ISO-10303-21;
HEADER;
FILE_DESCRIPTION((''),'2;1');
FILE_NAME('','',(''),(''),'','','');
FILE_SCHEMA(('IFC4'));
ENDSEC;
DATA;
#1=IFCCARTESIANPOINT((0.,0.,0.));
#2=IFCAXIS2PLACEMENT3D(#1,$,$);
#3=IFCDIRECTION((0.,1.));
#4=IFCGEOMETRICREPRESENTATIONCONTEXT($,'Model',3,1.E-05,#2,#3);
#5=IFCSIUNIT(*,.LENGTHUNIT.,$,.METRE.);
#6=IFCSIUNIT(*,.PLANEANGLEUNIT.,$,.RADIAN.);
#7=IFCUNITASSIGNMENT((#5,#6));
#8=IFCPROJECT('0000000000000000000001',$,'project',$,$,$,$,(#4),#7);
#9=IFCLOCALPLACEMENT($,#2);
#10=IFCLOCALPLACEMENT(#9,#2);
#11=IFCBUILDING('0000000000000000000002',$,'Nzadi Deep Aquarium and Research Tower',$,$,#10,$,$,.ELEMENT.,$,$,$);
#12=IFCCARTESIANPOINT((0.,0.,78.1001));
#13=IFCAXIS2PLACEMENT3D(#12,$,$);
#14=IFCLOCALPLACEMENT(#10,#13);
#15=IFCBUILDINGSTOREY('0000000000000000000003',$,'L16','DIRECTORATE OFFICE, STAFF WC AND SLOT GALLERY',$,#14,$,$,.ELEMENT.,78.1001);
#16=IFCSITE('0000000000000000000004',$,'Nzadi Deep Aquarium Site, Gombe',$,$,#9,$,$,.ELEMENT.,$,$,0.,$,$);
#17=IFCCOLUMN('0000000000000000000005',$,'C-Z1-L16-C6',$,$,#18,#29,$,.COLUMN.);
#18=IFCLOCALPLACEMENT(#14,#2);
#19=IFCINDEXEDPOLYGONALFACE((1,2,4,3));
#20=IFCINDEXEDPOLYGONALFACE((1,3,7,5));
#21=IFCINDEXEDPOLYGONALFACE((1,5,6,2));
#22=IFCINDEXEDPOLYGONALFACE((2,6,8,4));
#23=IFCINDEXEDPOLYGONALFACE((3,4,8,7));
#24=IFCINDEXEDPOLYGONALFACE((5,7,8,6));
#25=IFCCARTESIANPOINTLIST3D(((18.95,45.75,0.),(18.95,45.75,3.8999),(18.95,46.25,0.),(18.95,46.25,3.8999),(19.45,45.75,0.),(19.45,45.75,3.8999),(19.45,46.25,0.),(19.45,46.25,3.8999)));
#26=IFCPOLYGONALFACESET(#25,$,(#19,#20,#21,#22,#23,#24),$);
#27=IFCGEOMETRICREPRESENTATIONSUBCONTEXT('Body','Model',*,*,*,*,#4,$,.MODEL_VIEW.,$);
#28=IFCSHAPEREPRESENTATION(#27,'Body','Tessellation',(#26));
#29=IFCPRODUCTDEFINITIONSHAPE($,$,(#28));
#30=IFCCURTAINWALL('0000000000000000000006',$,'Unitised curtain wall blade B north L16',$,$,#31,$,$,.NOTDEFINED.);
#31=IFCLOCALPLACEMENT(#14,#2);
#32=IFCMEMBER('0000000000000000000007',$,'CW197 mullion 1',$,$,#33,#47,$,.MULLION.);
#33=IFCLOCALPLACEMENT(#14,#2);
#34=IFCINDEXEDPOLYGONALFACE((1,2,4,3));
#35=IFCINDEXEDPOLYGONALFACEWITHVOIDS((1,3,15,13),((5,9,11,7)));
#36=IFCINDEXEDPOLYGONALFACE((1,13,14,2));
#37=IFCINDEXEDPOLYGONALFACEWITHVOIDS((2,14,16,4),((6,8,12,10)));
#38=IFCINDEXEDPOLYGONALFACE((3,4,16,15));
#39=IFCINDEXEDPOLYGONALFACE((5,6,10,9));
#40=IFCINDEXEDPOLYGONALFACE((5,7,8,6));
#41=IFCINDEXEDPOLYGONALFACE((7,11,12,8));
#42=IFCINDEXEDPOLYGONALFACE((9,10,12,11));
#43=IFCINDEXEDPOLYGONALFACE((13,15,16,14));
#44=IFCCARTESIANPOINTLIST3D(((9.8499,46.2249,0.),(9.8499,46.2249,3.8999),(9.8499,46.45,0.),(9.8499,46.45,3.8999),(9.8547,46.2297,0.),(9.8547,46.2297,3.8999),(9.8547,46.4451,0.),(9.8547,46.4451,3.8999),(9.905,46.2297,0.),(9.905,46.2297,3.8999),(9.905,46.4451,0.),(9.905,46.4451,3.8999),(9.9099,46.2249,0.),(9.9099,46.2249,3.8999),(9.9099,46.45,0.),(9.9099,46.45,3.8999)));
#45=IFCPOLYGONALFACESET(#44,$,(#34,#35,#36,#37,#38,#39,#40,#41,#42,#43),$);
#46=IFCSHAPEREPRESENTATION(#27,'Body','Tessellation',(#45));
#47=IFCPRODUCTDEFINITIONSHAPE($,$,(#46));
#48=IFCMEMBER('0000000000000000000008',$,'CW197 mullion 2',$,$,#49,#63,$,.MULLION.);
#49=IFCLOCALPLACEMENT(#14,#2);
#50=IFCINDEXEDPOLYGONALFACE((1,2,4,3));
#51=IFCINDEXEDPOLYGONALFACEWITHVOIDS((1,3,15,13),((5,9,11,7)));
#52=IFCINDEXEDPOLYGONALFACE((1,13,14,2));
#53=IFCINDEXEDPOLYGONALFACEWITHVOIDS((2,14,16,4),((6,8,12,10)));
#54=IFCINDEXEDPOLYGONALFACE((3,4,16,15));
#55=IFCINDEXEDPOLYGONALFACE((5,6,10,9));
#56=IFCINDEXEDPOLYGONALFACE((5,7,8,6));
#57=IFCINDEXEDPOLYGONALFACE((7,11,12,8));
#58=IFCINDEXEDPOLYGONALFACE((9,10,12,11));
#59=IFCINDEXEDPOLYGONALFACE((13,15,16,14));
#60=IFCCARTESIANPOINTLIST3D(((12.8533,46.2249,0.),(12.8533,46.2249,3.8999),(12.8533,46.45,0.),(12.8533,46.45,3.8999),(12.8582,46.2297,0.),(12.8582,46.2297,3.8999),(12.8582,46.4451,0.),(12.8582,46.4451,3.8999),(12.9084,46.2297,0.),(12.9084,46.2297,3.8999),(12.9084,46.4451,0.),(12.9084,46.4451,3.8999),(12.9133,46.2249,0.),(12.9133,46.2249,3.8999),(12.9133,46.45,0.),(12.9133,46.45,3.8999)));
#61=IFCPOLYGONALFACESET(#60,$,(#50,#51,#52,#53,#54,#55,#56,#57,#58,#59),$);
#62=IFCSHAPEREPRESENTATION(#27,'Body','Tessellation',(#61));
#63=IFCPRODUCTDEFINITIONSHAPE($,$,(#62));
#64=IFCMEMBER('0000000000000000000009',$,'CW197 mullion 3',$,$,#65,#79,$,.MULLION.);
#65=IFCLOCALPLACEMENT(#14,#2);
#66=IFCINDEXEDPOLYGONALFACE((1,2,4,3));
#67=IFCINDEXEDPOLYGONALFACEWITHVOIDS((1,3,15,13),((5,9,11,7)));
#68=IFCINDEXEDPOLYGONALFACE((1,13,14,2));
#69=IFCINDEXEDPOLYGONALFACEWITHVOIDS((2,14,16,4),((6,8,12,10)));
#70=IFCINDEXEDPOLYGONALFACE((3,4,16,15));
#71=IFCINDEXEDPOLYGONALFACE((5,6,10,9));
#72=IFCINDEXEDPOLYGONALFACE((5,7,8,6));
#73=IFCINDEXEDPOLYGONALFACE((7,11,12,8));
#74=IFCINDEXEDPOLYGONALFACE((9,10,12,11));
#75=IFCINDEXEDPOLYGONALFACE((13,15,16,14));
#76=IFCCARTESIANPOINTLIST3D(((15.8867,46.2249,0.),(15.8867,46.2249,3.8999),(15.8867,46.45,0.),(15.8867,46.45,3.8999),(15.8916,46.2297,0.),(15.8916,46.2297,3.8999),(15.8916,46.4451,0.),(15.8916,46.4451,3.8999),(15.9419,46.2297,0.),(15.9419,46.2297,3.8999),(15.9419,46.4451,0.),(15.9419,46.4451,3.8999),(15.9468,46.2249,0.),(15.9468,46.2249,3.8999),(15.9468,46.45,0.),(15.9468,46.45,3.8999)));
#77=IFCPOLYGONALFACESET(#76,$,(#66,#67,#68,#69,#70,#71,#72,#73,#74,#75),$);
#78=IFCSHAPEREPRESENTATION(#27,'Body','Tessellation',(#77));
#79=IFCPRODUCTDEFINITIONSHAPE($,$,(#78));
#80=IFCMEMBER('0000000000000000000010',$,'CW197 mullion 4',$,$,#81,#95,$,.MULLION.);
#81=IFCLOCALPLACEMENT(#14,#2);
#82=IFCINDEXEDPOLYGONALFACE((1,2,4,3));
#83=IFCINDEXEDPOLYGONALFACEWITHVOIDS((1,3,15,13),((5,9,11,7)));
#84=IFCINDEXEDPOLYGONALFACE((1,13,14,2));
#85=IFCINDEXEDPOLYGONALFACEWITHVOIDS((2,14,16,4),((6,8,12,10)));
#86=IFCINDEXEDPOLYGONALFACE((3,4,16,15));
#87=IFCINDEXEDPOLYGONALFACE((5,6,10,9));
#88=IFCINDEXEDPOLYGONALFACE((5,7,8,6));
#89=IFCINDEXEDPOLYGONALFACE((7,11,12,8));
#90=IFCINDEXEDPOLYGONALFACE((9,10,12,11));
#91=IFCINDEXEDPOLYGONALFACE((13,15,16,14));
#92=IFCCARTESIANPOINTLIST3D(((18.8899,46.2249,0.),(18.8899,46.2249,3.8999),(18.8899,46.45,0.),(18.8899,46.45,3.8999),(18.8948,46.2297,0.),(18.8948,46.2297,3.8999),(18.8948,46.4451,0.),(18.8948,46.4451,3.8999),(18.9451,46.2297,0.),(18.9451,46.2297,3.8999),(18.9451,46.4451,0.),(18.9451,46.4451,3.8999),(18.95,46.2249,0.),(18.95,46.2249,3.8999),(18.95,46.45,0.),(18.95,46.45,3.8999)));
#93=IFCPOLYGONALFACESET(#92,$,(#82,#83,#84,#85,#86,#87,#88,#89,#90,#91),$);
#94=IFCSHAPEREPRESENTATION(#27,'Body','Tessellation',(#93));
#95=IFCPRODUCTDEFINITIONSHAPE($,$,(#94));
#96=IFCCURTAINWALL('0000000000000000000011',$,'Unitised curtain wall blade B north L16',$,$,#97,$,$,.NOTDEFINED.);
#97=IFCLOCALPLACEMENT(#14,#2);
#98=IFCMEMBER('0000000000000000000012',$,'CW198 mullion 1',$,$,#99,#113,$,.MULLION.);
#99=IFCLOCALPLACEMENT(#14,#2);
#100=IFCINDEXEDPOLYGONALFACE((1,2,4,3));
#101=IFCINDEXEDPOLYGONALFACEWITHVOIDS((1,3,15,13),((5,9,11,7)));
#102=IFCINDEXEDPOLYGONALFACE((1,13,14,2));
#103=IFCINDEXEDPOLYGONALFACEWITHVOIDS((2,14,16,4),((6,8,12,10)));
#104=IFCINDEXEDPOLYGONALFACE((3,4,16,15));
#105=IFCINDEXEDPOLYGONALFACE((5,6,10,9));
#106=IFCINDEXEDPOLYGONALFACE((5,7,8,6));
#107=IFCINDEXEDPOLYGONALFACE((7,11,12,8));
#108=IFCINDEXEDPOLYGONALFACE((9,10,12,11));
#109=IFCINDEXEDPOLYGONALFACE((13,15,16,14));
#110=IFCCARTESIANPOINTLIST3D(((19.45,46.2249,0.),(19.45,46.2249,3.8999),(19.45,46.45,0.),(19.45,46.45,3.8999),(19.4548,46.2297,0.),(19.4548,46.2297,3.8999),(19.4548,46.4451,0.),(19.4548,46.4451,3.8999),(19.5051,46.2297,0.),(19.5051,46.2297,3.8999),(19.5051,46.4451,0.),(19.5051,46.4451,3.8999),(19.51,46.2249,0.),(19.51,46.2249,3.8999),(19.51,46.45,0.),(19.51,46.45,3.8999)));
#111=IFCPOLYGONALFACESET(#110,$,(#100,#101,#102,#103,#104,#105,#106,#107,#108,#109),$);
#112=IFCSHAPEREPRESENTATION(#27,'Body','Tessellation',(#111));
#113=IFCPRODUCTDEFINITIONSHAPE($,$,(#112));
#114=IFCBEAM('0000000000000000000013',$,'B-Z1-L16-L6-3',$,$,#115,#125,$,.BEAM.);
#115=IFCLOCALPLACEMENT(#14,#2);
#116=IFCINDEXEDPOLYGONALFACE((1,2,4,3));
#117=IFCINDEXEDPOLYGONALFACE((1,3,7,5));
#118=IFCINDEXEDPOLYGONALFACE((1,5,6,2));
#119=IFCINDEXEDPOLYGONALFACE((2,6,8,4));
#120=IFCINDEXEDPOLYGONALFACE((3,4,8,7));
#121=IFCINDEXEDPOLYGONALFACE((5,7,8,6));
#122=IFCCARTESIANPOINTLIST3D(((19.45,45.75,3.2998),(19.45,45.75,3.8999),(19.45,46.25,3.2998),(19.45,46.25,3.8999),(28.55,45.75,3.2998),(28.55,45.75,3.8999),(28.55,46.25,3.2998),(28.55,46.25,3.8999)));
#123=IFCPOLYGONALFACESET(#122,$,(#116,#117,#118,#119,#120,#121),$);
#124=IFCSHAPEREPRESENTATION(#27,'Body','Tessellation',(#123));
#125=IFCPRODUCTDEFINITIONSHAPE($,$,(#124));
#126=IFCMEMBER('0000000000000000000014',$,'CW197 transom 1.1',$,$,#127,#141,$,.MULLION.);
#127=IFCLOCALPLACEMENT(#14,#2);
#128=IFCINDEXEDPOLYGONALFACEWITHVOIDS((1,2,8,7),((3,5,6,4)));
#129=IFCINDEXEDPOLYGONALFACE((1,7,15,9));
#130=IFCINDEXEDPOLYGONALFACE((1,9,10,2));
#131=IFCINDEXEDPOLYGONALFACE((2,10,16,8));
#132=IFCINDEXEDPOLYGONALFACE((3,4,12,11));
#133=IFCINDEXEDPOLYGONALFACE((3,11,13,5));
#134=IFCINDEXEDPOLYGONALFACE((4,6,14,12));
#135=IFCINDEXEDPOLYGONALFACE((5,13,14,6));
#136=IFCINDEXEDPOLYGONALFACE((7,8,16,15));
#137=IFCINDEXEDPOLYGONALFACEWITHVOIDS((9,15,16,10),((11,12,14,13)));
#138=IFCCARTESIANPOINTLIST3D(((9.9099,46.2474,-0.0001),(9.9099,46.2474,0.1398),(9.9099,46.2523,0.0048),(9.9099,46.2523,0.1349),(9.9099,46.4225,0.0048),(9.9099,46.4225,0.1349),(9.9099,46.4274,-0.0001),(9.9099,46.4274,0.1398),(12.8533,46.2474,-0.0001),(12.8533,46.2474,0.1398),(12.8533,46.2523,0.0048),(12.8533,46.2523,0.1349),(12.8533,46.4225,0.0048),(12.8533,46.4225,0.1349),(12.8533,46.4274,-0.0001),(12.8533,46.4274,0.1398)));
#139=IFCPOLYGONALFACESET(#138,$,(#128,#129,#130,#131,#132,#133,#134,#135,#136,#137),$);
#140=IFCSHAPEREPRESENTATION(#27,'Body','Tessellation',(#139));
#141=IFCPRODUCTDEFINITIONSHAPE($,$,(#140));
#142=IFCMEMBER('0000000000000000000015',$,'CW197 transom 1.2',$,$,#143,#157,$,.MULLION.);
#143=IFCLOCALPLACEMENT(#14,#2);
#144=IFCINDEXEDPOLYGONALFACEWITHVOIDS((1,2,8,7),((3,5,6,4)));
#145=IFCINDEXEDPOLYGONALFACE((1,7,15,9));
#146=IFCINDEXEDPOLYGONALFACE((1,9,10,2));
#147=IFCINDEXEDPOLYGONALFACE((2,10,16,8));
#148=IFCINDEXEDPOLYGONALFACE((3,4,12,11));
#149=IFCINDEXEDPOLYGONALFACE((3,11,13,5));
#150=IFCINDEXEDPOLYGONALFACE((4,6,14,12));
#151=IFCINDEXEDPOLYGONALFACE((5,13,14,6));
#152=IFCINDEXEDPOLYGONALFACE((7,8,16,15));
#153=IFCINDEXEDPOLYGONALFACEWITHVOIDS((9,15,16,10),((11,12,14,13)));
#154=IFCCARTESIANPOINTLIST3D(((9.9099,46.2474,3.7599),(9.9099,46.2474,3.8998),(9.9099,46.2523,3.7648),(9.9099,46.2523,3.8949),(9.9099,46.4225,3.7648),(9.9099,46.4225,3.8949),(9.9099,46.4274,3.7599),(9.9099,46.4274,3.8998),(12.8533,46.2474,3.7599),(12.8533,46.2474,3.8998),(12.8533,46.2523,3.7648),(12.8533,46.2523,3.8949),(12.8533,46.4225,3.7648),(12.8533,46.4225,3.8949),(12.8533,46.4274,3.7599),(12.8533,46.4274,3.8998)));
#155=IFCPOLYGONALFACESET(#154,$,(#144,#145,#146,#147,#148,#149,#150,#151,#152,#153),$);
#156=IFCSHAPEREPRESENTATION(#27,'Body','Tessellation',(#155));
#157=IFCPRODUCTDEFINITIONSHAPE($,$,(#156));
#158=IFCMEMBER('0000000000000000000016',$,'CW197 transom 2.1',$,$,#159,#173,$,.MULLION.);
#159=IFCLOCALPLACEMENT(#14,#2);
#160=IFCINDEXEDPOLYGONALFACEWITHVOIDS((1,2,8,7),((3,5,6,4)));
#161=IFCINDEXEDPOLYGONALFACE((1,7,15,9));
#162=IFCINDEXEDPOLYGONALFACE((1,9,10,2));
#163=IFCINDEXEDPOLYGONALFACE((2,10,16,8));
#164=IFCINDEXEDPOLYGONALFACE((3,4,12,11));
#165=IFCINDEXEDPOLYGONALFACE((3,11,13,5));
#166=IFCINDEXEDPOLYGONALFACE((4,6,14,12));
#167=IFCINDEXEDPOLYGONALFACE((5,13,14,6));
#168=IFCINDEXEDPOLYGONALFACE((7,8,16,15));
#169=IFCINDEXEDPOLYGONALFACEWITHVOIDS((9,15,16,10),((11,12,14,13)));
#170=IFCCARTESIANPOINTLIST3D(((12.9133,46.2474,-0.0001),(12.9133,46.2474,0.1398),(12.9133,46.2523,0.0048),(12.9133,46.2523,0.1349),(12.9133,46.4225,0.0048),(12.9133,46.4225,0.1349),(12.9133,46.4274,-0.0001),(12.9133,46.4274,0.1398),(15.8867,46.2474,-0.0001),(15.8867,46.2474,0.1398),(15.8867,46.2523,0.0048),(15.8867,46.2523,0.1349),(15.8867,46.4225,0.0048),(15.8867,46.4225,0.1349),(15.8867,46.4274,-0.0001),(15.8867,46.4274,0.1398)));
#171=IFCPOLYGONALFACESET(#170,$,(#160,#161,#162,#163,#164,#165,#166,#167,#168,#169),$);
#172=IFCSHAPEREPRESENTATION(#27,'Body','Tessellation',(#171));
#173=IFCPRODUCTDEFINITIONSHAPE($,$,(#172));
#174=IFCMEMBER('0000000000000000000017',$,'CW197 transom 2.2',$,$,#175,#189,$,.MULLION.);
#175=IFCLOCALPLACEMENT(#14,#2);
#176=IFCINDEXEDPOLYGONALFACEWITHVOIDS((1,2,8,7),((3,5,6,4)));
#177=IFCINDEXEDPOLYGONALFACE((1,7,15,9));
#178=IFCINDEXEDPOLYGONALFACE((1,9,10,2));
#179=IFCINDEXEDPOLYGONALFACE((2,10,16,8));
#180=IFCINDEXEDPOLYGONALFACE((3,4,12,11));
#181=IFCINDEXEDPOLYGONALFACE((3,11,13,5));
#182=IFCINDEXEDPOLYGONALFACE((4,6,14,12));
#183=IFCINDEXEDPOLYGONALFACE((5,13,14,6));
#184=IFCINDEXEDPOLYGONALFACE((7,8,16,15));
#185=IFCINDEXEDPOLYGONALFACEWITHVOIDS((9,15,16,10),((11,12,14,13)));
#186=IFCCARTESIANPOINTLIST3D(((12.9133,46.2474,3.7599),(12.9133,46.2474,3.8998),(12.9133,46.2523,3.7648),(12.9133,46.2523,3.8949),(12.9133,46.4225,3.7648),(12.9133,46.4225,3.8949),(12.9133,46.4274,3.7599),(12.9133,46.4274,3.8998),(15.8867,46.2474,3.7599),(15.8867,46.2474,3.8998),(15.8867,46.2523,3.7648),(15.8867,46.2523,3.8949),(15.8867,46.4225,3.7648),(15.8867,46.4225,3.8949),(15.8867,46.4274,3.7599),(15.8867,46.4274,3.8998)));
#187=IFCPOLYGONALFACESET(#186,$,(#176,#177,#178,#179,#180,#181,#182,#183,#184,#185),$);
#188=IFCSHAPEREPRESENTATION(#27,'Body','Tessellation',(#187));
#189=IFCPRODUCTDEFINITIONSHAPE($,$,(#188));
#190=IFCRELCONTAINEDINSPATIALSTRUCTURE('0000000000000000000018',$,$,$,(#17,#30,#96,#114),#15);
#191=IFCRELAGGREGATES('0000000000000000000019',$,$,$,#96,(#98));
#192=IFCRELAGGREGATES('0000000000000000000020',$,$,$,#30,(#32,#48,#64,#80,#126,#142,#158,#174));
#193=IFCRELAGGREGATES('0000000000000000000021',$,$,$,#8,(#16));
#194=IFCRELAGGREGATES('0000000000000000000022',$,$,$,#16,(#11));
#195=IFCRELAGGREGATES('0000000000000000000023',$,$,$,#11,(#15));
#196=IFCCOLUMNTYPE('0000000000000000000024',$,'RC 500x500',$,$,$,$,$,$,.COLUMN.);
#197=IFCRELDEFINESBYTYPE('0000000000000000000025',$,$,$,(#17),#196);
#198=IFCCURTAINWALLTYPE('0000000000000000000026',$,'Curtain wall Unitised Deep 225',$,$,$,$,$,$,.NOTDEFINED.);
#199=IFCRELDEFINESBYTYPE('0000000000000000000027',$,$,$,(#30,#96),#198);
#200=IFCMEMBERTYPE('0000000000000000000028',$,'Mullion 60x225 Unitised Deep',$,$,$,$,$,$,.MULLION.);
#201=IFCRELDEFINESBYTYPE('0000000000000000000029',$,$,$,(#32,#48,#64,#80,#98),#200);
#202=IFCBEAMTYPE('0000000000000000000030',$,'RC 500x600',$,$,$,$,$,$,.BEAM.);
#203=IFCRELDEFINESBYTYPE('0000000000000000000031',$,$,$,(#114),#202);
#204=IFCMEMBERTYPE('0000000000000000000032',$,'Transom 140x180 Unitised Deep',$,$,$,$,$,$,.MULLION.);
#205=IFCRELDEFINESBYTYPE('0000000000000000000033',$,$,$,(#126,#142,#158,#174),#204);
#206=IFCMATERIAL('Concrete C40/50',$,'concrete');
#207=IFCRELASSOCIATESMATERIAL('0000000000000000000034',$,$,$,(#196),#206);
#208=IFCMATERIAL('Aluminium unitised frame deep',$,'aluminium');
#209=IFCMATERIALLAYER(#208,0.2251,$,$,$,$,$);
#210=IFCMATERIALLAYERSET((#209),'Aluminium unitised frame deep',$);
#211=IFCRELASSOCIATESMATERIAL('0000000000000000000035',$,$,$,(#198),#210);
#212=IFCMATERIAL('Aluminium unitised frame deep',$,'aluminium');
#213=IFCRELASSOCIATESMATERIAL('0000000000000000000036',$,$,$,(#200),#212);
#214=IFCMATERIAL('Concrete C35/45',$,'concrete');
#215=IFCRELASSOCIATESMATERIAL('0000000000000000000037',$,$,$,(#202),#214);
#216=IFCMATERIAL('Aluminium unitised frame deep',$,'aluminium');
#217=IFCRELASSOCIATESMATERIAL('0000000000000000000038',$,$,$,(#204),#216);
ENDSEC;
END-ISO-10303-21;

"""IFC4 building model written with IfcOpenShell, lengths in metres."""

from ifc_helpers import new_model, si_unit, direction, frame, origin, origin_2d, place, context, subcontext, project, spatial, rectangle, hollow_rectangle, extrude, material, layer, layer_set, material_profile, profile_set, type_object, element, aggregate, save


model = new_model("IFC4")

# Units and contexts
model_context = context("Model", 3, precision=1e-05, world=origin(), true_north=direction((0.0, 1.0)))
body_context = subcontext(model_context, "Body", "Model", "MODEL_VIEW")
ifc_project = project(units=[si_unit("LENGTHUNIT", "METRE"), si_unit("PLANEANGLEUNIT", "RADIAN")], contexts=[model_context])

# Site, building, storey
site_placement = place(None, origin())
site = spatial("IfcSite", under=ifc_project, at=site_placement, Name="Nzadi Deep Aquarium Site, Gombe", CompositionType="ELEMENT", RefElevation=0.0)
building_placement = place(site_placement, origin())
building = spatial("IfcBuilding", under=site, at=building_placement, Name="Nzadi Deep Aquarium and Research Tower", CompositionType="ELEMENT")
storey_placement = place(building_placement, frame((0.0, 0.0, 78.1001)))
storey = spatial("IfcBuildingStorey", under=building, at=storey_placement, Name="L16", Description="DIRECTORATE OFFICE, STAFF WC AND SLOT GALLERY", CompositionType="ELEMENT", Elevation=78.1001)

# Column
ifc_material_1 = material(Name="Concrete C40/50", Category="concrete")
ifc_material_profile_1 = material_profile(ifc_material_1, rectangle(XDim=0.5, YDim=0.5, at=origin_2d()))
ifc_profile_set_1 = profile_set([ifc_material_profile_1], Name="Concrete C40/50")
column_type = type_object("IfcColumnType", Name="RC 500x500", PredefinedType="COLUMN", material=ifc_profile_set_1)
column_placement = place(storey_placement, frame((19.2, 46.0, 0.0), z_axis=(0.0, 0.0, 1.0), x_axis=(1.0, 0.0, 0.0)))
element("IfcColumn", 1, at=column_placement, inside=storey, type_object=column_type, Name="C-Z1-L16-C6", PredefinedType="COLUMN", context=body_context, shape_type="SweptSolid", body=[
    extrude(rectangle(XDim=0.5, YDim=0.5, at=origin_2d()), origin(), (0.0, 0.0, 1.0), 3.8999),
])

# Curtain wall, members
ifc_material_2 = material(Name="Aluminium unitised frame deep", Category="aluminium")
ifc_layer_1 = layer(ifc_material_2, 0.2251)
ifc_layer_set_1 = layer_set([ifc_layer_1], Name="Aluminium unitised frame deep")
curtain_wall_type = type_object("IfcCurtainWallType", Name="Curtain wall Unitised Deep 225", PredefinedType="NOTDEFINED", material=ifc_layer_set_1)
curtain_wall_1_placement = place(storey_placement, origin())
curtain_wall_1 = element("IfcCurtainWall", 2, at=curtain_wall_1_placement, inside=storey, type_object=curtain_wall_type, Name="Unitised curtain wall blade B north L16", PredefinedType="NOTDEFINED")
ifc_material_3 = material(Name="Aluminium unitised frame deep", Category="aluminium")
ifc_material_profile_2 = material_profile(ifc_material_3, hollow_rectangle(XDim=0.2251, YDim=0.0601, WallThickness=0.0049, at=origin_2d()))
ifc_profile_set_2 = profile_set([ifc_material_profile_2], Name="Aluminium unitised frame deep")
member_type_1 = type_object("IfcMemberType", Name="Mullion 60x225 Unitised Deep", PredefinedType="MULLION", material=ifc_profile_set_2)
member_1_placement = place(storey_placement, frame((9.8799, 46.3374, 0.0), z_axis=(0.0, 0.0, 1.0), x_axis=(0.0, 1.0, 0.0)))
member_1 = element("IfcMember", 3, at=member_1_placement, type_object=member_type_1, Name="CW197 mullion 1", PredefinedType="MULLION", context=body_context, shape_type="SweptSolid", body=[
    extrude(hollow_rectangle(XDim=0.2251, YDim=0.0601, WallThickness=0.0049, at=origin_2d()), origin(), (0.0, 0.0, 1.0), 3.8999),
])
member_2_placement = place(storey_placement, frame((12.8833, 46.3374, 0.0), z_axis=(0.0, 0.0, 1.0), x_axis=(0.0, 1.0, 0.0)))
member_2 = element("IfcMember", 4, at=member_2_placement, type_object=member_type_1, Name="CW197 mullion 2", PredefinedType="MULLION", context=body_context, shape_type="SweptSolid", body=[
    extrude(hollow_rectangle(XDim=0.2251, YDim=0.0601, WallThickness=0.0049, at=origin_2d()), origin(), (0.0, 0.0, 1.0), 3.8999),
])
member_3_placement = place(storey_placement, frame((15.9167, 46.3374, 0.0), z_axis=(0.0, 0.0, 1.0), x_axis=(0.0, 1.0, 0.0)))
member_3 = element("IfcMember", 5, at=member_3_placement, type_object=member_type_1, Name="CW197 mullion 3", PredefinedType="MULLION", context=body_context, shape_type="SweptSolid", body=[
    extrude(hollow_rectangle(XDim=0.2251, YDim=0.0601, WallThickness=0.0049, at=origin_2d()), origin(), (0.0, 0.0, 1.0), 3.8999),
])
member_4_placement = place(storey_placement, frame((18.9199, 46.3374, 0.0), z_axis=(0.0, 0.0, 1.0), x_axis=(0.0, 1.0, 0.0)))
member_4 = element("IfcMember", 6, at=member_4_placement, type_object=member_type_1, Name="CW197 mullion 4", PredefinedType="MULLION", context=body_context, shape_type="SweptSolid", body=[
    extrude(hollow_rectangle(XDim=0.2251, YDim=0.0601, WallThickness=0.0049, at=origin_2d()), origin(), (0.0, 0.0, 1.0), 3.8999),
])

# Curtain wall, member
curtain_wall_2_placement = place(storey_placement, origin())
curtain_wall_2 = element("IfcCurtainWall", 7, at=curtain_wall_2_placement, inside=storey, type_object=curtain_wall_type, Name="Unitised curtain wall blade B north L16", PredefinedType="NOTDEFINED")
member_5_placement = place(storey_placement, frame((19.48, 46.3374, 0.0), z_axis=(0.0, 0.0, 1.0), x_axis=(0.0, 1.0, 0.0)))
member_5 = element("IfcMember", 8, at=member_5_placement, type_object=member_type_1, Name="CW198 mullion 1", PredefinedType="MULLION", context=body_context, shape_type="SweptSolid", body=[
    extrude(hollow_rectangle(XDim=0.2251, YDim=0.0601, WallThickness=0.0049, at=origin_2d()), origin(), (0.0, 0.0, 1.0), 3.8999),
])
aggregate(curtain_wall_2, [member_5])

# Beam
ifc_material_4 = material(Name="Concrete C35/45", Category="concrete")
ifc_material_profile_3 = material_profile(ifc_material_4, rectangle(XDim=0.5, YDim=0.6001, at=origin_2d()))
ifc_profile_set_3 = profile_set([ifc_material_profile_3], Name="Concrete C35/45")
beam_type = type_object("IfcBeamType", Name="RC 500x600", PredefinedType="BEAM", material=ifc_profile_set_3)
beam_placement = place(storey_placement, frame((19.45, 46.0, 3.5999), z_axis=(1.0, 0.0, 0.0), x_axis=(0.0, 1.0, 0.0)))
element("IfcBeam", 9, at=beam_placement, inside=storey, type_object=beam_type, Name="B-Z1-L16-L6-3", PredefinedType="BEAM", context=body_context, shape_type="SweptSolid", body=[
    extrude(rectangle(XDim=0.5, YDim=0.6001, at=origin_2d()), origin(), (0.0, 0.0, 1.0), 9.1001),
])

# Members
ifc_material_5 = material(Name="Aluminium unitised frame deep", Category="aluminium")
ifc_material_profile_4 = material_profile(ifc_material_5, hollow_rectangle(XDim=0.1799, YDim=0.1399, WallThickness=0.0049, at=origin_2d()))
ifc_profile_set_4 = profile_set([ifc_material_profile_4], Name="Aluminium unitised frame deep")
member_type_2 = type_object("IfcMemberType", Name="Transom 140x180 Unitised Deep", PredefinedType="MULLION", material=ifc_profile_set_4)
member_6_placement = place(storey_placement, frame((9.9099, 46.3374, 0.0698), z_axis=(1.0, 0.0, 0.0), x_axis=(0.0, 1.0, 0.0)))
member_6 = element("IfcMember", 10, at=member_6_placement, type_object=member_type_2, Name="CW197 transom 1.1", PredefinedType="MULLION", context=body_context, shape_type="SweptSolid", body=[
    extrude(hollow_rectangle(XDim=0.1799, YDim=0.1399, WallThickness=0.0049, at=origin_2d()), origin(), (0.0, 0.0, 1.0), 2.9434),
])
member_7_placement = place(storey_placement, frame((9.9099, 46.3374, 3.8298), z_axis=(1.0, 0.0, 0.0), x_axis=(0.0, 1.0, 0.0)))
member_7 = element("IfcMember", 11, at=member_7_placement, type_object=member_type_2, Name="CW197 transom 1.2", PredefinedType="MULLION", context=body_context, shape_type="SweptSolid", body=[
    extrude(hollow_rectangle(XDim=0.1799, YDim=0.1399, WallThickness=0.0049, at=origin_2d()), origin(), (0.0, 0.0, 1.0), 2.9434),
])
member_8_placement = place(storey_placement, frame((12.9133, 46.3374, 0.0698), z_axis=(1.0, 0.0, 0.0), x_axis=(0.0, 1.0, 0.0)))
member_8 = element("IfcMember", 12, at=member_8_placement, type_object=member_type_2, Name="CW197 transom 2.1", PredefinedType="MULLION", context=body_context, shape_type="SweptSolid", body=[
    extrude(hollow_rectangle(XDim=0.1799, YDim=0.1399, WallThickness=0.0049, at=origin_2d()), origin(), (0.0, 0.0, 1.0), 2.9734),
])
member_9_placement = place(storey_placement, frame((12.9133, 46.3374, 3.8298), z_axis=(1.0, 0.0, 0.0), x_axis=(0.0, 1.0, 0.0)))
member_9 = element("IfcMember", 13, at=member_9_placement, type_object=member_type_2, Name="CW197 transom 2.2", PredefinedType="MULLION", context=body_context, shape_type="SweptSolid", body=[
    extrude(hollow_rectangle(XDim=0.1799, YDim=0.1399, WallThickness=0.0049, at=origin_2d()), origin(), (0.0, 0.0, 1.0), 2.9734),
])

aggregate(curtain_wall_1, [member_1, member_2, member_3, member_4, member_6, member_7, member_8, member_9])

save(model, "model.ifc")
